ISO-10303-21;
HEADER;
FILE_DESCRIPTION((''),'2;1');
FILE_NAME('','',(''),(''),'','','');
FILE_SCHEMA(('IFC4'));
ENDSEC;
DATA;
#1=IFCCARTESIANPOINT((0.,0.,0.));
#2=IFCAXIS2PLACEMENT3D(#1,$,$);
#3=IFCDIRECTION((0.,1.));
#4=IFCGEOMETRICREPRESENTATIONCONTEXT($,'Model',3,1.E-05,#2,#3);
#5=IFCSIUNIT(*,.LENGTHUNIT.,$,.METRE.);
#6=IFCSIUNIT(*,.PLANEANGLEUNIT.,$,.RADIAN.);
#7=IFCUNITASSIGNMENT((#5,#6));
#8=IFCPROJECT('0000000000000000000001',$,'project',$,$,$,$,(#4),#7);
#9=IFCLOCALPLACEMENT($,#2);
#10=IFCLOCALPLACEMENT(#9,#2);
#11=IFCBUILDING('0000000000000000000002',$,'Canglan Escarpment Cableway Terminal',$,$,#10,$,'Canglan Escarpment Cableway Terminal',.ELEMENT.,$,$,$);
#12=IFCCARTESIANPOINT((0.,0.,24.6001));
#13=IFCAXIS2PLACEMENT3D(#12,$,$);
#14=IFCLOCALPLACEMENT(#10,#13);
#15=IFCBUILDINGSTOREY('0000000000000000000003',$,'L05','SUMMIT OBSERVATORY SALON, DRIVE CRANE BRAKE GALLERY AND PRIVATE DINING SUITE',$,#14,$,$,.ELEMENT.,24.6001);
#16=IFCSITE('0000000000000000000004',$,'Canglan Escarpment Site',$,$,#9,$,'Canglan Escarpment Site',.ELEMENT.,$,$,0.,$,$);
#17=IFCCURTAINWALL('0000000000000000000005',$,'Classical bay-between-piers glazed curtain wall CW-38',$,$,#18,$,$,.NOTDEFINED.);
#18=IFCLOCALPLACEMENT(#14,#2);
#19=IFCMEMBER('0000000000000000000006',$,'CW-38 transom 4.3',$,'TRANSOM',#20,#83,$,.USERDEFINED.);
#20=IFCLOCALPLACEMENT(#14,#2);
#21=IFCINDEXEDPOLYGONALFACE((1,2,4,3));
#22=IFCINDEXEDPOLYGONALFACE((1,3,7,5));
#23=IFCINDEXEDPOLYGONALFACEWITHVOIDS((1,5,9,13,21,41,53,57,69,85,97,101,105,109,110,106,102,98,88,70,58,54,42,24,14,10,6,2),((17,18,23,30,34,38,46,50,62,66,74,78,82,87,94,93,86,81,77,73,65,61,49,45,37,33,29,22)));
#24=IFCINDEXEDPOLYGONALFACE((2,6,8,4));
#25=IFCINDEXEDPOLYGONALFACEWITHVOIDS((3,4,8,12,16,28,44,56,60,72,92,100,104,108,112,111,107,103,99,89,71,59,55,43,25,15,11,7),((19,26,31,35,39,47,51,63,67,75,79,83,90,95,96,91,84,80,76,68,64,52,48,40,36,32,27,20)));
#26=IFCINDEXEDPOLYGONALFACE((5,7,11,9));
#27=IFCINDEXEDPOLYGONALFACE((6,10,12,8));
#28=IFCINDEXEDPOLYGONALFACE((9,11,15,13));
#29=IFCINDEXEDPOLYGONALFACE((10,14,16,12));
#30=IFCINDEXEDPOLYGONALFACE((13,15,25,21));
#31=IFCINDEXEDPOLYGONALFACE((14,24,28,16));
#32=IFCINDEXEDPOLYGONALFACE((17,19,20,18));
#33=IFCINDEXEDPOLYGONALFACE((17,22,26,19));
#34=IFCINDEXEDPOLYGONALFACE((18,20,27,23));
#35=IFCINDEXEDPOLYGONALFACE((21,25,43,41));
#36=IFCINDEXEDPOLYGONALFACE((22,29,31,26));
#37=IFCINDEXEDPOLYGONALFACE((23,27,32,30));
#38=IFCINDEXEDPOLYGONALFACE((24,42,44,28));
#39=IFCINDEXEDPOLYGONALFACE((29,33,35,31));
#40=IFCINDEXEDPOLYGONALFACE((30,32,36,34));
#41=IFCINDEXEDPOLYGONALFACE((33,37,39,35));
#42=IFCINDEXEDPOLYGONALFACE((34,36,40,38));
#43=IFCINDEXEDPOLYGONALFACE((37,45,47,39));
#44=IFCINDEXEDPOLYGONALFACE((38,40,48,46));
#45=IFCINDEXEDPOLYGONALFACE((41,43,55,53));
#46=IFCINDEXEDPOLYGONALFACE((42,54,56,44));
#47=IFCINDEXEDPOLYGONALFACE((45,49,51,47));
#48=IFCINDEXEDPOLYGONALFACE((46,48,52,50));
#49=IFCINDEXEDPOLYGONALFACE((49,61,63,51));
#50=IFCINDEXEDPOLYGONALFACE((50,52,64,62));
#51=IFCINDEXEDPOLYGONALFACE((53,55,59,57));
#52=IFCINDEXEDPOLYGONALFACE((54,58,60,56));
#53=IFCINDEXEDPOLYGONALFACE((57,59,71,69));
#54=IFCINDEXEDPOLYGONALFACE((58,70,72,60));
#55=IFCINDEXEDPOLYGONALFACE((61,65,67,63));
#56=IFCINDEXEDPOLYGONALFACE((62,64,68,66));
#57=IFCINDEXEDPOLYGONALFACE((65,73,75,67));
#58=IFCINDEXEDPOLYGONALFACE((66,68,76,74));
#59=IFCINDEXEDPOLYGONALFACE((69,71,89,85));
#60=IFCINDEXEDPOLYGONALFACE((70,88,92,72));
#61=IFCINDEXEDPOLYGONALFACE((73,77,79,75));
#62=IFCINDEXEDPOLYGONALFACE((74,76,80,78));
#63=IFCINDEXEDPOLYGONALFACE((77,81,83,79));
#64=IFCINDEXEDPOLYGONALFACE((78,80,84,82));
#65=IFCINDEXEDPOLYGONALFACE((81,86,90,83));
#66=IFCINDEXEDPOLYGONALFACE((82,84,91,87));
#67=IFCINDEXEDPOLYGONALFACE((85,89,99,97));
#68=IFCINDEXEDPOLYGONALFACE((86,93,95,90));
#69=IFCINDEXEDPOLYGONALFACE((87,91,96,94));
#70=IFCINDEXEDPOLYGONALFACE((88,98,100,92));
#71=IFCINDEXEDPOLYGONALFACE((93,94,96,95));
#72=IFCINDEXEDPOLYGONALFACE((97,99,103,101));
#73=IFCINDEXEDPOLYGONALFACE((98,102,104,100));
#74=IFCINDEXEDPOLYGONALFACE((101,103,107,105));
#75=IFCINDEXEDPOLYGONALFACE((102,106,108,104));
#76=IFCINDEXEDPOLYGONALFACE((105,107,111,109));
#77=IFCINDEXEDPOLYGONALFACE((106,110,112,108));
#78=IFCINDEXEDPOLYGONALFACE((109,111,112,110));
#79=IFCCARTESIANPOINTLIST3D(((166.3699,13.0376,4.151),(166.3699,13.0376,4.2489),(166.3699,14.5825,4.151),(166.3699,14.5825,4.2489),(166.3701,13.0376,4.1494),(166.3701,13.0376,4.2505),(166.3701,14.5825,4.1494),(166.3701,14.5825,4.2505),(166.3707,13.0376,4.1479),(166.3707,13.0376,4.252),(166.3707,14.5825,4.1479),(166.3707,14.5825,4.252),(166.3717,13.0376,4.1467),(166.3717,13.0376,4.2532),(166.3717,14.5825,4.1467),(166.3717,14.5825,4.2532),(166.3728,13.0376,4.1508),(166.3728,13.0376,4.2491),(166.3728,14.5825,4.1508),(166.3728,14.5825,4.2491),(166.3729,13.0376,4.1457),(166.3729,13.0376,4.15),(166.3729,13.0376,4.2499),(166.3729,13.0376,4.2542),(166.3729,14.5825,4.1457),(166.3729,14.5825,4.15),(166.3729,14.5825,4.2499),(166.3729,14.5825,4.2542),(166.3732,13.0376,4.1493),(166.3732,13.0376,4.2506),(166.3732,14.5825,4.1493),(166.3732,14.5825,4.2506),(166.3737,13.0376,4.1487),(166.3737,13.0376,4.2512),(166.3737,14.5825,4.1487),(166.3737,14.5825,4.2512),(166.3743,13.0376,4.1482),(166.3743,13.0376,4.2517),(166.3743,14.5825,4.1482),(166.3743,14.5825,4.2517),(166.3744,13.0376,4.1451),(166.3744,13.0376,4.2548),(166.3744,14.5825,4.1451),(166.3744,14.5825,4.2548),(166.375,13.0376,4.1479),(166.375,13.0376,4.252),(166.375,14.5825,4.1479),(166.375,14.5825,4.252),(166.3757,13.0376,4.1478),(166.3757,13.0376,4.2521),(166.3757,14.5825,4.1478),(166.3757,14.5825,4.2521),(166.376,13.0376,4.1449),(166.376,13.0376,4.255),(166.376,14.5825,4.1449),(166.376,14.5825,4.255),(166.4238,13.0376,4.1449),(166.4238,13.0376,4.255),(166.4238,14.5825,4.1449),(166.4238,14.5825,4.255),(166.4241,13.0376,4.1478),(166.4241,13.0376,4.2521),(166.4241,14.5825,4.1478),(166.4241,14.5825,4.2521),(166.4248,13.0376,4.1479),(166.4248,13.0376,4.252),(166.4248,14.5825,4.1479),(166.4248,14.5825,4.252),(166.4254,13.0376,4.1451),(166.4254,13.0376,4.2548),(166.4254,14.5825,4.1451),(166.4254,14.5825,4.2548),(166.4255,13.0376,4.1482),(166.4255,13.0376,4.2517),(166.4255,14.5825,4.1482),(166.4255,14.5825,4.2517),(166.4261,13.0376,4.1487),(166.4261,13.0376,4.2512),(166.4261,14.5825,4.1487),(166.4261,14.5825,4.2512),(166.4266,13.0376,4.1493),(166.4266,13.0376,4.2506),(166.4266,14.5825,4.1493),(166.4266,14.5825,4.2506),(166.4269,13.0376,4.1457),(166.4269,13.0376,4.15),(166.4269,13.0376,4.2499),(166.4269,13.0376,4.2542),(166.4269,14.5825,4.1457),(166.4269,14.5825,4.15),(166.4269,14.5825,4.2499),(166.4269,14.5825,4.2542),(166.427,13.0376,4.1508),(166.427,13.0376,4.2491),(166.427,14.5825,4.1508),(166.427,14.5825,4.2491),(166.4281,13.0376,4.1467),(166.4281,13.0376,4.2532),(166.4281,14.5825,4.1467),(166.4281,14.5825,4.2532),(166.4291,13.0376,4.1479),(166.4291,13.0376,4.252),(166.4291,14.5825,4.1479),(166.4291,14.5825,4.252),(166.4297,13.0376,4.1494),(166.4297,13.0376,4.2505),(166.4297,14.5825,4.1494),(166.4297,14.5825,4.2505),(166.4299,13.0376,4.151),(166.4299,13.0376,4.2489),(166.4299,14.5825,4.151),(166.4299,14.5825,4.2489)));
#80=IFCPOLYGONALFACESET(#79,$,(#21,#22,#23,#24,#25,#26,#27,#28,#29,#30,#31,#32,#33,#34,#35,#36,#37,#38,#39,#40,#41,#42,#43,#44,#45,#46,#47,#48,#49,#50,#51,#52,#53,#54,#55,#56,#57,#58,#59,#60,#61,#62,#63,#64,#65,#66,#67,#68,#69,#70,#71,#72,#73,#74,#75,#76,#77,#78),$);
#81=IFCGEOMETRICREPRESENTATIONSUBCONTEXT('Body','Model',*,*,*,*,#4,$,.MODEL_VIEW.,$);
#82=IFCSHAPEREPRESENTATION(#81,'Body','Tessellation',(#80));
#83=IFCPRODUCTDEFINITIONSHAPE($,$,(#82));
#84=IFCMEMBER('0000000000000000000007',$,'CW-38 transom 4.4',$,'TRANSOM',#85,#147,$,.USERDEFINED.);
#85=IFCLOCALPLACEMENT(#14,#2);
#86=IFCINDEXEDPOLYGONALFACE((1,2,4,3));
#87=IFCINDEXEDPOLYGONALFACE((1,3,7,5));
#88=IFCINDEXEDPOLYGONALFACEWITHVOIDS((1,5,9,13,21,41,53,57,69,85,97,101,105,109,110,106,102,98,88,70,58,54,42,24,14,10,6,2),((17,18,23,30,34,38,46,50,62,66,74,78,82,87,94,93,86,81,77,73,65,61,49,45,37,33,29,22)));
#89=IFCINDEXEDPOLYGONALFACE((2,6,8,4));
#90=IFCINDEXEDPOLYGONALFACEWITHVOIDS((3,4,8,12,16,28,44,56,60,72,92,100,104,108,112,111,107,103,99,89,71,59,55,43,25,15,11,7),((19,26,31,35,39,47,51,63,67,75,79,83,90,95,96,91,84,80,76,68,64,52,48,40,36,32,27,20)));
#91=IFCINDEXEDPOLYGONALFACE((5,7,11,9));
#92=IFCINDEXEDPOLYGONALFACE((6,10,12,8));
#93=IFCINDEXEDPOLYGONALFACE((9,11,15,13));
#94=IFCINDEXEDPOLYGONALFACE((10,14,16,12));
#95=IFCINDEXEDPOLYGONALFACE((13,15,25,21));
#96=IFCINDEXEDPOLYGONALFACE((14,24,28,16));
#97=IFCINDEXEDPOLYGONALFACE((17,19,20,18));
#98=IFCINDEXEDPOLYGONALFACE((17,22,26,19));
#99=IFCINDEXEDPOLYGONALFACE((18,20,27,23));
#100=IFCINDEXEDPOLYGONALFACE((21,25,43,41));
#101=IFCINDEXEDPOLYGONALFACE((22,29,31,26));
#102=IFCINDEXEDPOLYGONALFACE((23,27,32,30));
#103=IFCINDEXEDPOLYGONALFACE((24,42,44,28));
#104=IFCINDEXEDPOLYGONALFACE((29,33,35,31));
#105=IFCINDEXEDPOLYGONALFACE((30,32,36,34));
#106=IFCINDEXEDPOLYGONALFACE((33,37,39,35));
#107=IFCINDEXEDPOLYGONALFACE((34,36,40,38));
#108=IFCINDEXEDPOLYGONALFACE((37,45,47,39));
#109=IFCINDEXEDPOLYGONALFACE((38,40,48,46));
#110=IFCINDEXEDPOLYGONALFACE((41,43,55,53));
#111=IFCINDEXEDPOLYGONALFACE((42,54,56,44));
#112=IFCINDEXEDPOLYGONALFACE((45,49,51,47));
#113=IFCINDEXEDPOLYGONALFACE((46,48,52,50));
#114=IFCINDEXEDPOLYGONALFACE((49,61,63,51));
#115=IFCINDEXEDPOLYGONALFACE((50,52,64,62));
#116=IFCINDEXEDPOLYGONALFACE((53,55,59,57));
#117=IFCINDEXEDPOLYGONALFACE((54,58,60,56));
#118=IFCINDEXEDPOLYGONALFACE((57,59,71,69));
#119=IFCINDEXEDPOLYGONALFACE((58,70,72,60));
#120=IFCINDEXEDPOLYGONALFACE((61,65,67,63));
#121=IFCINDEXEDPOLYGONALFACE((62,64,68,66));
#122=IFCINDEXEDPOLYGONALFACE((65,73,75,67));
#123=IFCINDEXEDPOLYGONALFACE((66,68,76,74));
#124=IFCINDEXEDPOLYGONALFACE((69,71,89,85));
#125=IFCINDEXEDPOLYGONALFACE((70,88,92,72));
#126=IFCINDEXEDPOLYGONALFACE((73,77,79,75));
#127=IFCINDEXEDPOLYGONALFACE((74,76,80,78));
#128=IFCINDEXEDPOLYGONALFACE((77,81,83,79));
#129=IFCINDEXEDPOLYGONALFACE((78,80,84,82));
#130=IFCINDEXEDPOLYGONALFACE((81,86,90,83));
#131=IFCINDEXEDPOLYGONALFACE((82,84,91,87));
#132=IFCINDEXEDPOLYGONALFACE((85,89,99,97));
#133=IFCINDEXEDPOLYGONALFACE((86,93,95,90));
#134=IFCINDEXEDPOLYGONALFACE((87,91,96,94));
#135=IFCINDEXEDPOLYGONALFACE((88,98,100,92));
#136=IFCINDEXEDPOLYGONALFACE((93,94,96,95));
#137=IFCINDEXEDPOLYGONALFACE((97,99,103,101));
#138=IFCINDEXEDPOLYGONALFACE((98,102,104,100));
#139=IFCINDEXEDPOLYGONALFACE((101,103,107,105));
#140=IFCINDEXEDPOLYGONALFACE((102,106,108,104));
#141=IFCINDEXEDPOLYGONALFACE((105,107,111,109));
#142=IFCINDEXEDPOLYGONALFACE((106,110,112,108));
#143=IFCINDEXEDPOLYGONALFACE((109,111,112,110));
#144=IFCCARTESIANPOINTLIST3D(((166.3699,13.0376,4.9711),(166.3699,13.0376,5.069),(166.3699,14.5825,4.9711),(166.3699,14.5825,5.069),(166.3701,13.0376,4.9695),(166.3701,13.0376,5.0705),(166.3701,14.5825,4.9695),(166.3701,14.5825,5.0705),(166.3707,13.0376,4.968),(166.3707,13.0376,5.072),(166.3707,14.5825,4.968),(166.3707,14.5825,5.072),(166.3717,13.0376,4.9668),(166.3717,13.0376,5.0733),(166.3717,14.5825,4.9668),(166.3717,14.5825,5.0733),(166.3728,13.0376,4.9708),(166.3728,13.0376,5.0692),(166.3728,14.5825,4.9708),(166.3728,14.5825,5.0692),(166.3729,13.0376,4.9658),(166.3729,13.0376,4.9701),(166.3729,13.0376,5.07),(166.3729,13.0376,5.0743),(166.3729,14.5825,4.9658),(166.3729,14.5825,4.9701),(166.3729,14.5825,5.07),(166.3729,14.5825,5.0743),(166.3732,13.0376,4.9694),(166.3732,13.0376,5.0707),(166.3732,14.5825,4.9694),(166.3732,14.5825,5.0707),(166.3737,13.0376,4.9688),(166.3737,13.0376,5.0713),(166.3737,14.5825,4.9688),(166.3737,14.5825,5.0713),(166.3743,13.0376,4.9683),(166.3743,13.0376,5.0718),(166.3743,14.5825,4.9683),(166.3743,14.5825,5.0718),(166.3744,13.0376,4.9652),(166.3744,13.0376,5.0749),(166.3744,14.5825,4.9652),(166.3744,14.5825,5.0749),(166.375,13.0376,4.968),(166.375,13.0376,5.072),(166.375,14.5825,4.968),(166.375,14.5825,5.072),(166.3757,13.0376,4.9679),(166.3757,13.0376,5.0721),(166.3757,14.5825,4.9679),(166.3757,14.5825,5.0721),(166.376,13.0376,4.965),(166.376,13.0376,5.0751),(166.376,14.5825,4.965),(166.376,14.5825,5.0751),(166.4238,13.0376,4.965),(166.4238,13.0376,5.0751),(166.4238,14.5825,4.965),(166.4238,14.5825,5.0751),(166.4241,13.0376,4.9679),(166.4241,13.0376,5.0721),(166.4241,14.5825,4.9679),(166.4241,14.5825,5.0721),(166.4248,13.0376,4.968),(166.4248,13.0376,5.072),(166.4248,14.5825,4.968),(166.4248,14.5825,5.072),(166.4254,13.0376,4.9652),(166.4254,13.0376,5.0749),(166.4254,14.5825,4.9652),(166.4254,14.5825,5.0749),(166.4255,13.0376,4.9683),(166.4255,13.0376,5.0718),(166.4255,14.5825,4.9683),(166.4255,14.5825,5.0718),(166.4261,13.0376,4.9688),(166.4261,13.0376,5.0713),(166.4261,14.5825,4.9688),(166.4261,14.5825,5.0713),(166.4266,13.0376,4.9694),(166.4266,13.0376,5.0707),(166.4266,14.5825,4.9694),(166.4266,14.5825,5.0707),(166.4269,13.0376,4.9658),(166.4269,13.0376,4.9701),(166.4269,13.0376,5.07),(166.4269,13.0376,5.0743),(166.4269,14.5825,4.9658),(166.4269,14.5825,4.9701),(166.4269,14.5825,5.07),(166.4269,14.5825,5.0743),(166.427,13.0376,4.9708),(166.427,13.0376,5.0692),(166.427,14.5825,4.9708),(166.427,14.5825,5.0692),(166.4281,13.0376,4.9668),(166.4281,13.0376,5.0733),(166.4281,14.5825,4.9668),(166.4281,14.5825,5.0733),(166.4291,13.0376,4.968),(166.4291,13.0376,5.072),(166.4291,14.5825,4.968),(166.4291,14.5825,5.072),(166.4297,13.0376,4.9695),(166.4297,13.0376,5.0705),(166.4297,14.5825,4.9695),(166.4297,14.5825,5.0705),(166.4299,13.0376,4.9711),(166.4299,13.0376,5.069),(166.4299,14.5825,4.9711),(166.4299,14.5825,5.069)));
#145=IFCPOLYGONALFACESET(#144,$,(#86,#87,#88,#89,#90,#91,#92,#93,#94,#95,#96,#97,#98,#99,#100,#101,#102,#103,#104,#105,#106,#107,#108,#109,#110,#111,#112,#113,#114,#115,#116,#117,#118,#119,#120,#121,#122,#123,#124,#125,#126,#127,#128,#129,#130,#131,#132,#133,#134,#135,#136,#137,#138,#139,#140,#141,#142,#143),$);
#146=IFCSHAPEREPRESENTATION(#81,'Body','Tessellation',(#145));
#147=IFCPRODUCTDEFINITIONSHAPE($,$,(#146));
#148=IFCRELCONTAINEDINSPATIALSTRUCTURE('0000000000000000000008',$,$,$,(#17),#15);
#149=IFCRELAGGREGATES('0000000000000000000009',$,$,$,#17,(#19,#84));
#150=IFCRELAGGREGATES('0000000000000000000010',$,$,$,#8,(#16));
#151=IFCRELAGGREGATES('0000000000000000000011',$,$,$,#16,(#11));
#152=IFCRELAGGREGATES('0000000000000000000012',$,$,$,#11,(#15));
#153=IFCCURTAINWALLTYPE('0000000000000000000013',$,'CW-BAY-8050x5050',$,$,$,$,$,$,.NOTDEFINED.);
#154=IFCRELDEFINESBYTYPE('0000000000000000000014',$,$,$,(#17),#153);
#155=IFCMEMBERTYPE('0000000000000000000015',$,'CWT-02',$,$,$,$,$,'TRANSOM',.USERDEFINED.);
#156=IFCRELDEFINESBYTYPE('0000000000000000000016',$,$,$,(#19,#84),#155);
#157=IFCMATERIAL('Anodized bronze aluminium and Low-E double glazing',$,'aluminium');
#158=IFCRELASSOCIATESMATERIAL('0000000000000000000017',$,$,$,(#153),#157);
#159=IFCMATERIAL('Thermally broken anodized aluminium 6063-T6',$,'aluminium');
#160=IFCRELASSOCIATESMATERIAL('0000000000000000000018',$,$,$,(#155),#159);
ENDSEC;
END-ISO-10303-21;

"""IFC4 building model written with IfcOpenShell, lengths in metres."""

from ifc_helpers import new_model, si_unit, direction, frame, origin, origin_2d, place, context, subcontext, project, spatial, hollow_rectangle, extrude, material, material_profile, profile_set, type_object, element, aggregate, save


model = new_model("IFC4")

# Units and contexts
model_context = context("Model", 3, precision=1e-05, world=origin(), true_north=direction((0.0, 1.0)))
body_context = subcontext(model_context, "Body", "Model", "MODEL_VIEW")
ifc_project = project(units=[si_unit("LENGTHUNIT", "METRE"), si_unit("PLANEANGLEUNIT", "RADIAN")], contexts=[model_context])

# Site, building, storey
site_placement = place(None, origin())
site = spatial("IfcSite", under=ifc_project, at=site_placement, Name="Canglan Escarpment Site", LongName="Canglan Escarpment Site", CompositionType="ELEMENT", RefElevation=0.0)
building_placement = place(site_placement, origin())
building = spatial("IfcBuilding", under=site, at=building_placement, Name="Canglan Escarpment Cableway Terminal", LongName="Canglan Escarpment Cableway Terminal", CompositionType="ELEMENT")
storey_placement = place(building_placement, frame((0.0, 0.0, 24.6001)))
storey = spatial("IfcBuildingStorey", under=building, at=storey_placement, Name="L05", Description="SUMMIT OBSERVATORY SALON, DRIVE CRANE BRAKE GALLERY AND PRIVATE DINING SUITE", CompositionType="ELEMENT", Elevation=24.6001)

# Curtain wall
ifc_material_1 = material(Name="Anodized bronze aluminium and Low-E double glazing", Category="aluminium")
curtain_wall_type_1 = type_object("IfcCurtainWallType", Name="CW-BAY-8050x5050", PredefinedType="NOTDEFINED", material=ifc_material_1)
curtain_wall_1_placement = place(storey_placement, origin())
curtain_wall_1 = element("IfcCurtainWall", 1, at=curtain_wall_1_placement, inside=storey, type_object=curtain_wall_type_1, Name="Classical bay-between-piers glazed curtain wall CW-38", PredefinedType="NOTDEFINED")
ifc_material_2 = material(Name="Thermally broken anodized aluminium 6063-T6", Category="aluminium")

# Members
ifc_material_profile_1 = material_profile(ifc_material_2, hollow_rectangle(XDim=0.0601, YDim=0.1101, WallThickness=0.0029, InnerFilletRadius=0.0029, OuterFilletRadius=0.0061, at=origin_2d()), Name="ALU-TRAN 60x110x3")
ifc_profile_set_1 = profile_set([ifc_material_profile_1], Name="Thermally broken anodized aluminium 6063-T6")
member_type_1 = type_object("IfcMemberType", Name="CWT-02", ElementType="TRANSOM", PredefinedType="USERDEFINED", material=ifc_profile_set_1)
member_1_placement = place(storey_placement, frame((166.3999, 13.0376, 4.2), z_axis=(0.0, 1.0, 0.0), x_axis=(-1.0, 0.0, 0.0)))
member_1 = element("IfcMember", 2, at=member_1_placement, type_object=member_type_1, Name="CW-38 transom 4.3", ObjectType="TRANSOM", PredefinedType="USERDEFINED", context=body_context, shape_type="SweptSolid", body=[
    extrude(hollow_rectangle(XDim=0.0601, YDim=0.1101, WallThickness=0.0029, InnerFilletRadius=0.0029, OuterFilletRadius=0.0061, at=origin_2d()), origin(), (0.0, 0.0, 1.0), 1.5449),
])
member_2_placement = place(storey_placement, frame((166.3999, 13.0376, 5.02), z_axis=(0.0, 1.0, 0.0), x_axis=(-1.0, 0.0, 0.0)))
member_2 = element("IfcMember", 3, at=member_2_placement, type_object=member_type_1, Name="CW-38 transom 4.4", ObjectType="TRANSOM", PredefinedType="USERDEFINED", context=body_context, shape_type="SweptSolid", body=[
    extrude(hollow_rectangle(XDim=0.0601, YDim=0.1101, WallThickness=0.0029, InnerFilletRadius=0.0029, OuterFilletRadius=0.0061, at=origin_2d()), origin(), (0.0, 0.0, 1.0), 1.5449),
])

aggregate(curtain_wall_1, [member_1, member_2])

save(model, "model.ifc")
